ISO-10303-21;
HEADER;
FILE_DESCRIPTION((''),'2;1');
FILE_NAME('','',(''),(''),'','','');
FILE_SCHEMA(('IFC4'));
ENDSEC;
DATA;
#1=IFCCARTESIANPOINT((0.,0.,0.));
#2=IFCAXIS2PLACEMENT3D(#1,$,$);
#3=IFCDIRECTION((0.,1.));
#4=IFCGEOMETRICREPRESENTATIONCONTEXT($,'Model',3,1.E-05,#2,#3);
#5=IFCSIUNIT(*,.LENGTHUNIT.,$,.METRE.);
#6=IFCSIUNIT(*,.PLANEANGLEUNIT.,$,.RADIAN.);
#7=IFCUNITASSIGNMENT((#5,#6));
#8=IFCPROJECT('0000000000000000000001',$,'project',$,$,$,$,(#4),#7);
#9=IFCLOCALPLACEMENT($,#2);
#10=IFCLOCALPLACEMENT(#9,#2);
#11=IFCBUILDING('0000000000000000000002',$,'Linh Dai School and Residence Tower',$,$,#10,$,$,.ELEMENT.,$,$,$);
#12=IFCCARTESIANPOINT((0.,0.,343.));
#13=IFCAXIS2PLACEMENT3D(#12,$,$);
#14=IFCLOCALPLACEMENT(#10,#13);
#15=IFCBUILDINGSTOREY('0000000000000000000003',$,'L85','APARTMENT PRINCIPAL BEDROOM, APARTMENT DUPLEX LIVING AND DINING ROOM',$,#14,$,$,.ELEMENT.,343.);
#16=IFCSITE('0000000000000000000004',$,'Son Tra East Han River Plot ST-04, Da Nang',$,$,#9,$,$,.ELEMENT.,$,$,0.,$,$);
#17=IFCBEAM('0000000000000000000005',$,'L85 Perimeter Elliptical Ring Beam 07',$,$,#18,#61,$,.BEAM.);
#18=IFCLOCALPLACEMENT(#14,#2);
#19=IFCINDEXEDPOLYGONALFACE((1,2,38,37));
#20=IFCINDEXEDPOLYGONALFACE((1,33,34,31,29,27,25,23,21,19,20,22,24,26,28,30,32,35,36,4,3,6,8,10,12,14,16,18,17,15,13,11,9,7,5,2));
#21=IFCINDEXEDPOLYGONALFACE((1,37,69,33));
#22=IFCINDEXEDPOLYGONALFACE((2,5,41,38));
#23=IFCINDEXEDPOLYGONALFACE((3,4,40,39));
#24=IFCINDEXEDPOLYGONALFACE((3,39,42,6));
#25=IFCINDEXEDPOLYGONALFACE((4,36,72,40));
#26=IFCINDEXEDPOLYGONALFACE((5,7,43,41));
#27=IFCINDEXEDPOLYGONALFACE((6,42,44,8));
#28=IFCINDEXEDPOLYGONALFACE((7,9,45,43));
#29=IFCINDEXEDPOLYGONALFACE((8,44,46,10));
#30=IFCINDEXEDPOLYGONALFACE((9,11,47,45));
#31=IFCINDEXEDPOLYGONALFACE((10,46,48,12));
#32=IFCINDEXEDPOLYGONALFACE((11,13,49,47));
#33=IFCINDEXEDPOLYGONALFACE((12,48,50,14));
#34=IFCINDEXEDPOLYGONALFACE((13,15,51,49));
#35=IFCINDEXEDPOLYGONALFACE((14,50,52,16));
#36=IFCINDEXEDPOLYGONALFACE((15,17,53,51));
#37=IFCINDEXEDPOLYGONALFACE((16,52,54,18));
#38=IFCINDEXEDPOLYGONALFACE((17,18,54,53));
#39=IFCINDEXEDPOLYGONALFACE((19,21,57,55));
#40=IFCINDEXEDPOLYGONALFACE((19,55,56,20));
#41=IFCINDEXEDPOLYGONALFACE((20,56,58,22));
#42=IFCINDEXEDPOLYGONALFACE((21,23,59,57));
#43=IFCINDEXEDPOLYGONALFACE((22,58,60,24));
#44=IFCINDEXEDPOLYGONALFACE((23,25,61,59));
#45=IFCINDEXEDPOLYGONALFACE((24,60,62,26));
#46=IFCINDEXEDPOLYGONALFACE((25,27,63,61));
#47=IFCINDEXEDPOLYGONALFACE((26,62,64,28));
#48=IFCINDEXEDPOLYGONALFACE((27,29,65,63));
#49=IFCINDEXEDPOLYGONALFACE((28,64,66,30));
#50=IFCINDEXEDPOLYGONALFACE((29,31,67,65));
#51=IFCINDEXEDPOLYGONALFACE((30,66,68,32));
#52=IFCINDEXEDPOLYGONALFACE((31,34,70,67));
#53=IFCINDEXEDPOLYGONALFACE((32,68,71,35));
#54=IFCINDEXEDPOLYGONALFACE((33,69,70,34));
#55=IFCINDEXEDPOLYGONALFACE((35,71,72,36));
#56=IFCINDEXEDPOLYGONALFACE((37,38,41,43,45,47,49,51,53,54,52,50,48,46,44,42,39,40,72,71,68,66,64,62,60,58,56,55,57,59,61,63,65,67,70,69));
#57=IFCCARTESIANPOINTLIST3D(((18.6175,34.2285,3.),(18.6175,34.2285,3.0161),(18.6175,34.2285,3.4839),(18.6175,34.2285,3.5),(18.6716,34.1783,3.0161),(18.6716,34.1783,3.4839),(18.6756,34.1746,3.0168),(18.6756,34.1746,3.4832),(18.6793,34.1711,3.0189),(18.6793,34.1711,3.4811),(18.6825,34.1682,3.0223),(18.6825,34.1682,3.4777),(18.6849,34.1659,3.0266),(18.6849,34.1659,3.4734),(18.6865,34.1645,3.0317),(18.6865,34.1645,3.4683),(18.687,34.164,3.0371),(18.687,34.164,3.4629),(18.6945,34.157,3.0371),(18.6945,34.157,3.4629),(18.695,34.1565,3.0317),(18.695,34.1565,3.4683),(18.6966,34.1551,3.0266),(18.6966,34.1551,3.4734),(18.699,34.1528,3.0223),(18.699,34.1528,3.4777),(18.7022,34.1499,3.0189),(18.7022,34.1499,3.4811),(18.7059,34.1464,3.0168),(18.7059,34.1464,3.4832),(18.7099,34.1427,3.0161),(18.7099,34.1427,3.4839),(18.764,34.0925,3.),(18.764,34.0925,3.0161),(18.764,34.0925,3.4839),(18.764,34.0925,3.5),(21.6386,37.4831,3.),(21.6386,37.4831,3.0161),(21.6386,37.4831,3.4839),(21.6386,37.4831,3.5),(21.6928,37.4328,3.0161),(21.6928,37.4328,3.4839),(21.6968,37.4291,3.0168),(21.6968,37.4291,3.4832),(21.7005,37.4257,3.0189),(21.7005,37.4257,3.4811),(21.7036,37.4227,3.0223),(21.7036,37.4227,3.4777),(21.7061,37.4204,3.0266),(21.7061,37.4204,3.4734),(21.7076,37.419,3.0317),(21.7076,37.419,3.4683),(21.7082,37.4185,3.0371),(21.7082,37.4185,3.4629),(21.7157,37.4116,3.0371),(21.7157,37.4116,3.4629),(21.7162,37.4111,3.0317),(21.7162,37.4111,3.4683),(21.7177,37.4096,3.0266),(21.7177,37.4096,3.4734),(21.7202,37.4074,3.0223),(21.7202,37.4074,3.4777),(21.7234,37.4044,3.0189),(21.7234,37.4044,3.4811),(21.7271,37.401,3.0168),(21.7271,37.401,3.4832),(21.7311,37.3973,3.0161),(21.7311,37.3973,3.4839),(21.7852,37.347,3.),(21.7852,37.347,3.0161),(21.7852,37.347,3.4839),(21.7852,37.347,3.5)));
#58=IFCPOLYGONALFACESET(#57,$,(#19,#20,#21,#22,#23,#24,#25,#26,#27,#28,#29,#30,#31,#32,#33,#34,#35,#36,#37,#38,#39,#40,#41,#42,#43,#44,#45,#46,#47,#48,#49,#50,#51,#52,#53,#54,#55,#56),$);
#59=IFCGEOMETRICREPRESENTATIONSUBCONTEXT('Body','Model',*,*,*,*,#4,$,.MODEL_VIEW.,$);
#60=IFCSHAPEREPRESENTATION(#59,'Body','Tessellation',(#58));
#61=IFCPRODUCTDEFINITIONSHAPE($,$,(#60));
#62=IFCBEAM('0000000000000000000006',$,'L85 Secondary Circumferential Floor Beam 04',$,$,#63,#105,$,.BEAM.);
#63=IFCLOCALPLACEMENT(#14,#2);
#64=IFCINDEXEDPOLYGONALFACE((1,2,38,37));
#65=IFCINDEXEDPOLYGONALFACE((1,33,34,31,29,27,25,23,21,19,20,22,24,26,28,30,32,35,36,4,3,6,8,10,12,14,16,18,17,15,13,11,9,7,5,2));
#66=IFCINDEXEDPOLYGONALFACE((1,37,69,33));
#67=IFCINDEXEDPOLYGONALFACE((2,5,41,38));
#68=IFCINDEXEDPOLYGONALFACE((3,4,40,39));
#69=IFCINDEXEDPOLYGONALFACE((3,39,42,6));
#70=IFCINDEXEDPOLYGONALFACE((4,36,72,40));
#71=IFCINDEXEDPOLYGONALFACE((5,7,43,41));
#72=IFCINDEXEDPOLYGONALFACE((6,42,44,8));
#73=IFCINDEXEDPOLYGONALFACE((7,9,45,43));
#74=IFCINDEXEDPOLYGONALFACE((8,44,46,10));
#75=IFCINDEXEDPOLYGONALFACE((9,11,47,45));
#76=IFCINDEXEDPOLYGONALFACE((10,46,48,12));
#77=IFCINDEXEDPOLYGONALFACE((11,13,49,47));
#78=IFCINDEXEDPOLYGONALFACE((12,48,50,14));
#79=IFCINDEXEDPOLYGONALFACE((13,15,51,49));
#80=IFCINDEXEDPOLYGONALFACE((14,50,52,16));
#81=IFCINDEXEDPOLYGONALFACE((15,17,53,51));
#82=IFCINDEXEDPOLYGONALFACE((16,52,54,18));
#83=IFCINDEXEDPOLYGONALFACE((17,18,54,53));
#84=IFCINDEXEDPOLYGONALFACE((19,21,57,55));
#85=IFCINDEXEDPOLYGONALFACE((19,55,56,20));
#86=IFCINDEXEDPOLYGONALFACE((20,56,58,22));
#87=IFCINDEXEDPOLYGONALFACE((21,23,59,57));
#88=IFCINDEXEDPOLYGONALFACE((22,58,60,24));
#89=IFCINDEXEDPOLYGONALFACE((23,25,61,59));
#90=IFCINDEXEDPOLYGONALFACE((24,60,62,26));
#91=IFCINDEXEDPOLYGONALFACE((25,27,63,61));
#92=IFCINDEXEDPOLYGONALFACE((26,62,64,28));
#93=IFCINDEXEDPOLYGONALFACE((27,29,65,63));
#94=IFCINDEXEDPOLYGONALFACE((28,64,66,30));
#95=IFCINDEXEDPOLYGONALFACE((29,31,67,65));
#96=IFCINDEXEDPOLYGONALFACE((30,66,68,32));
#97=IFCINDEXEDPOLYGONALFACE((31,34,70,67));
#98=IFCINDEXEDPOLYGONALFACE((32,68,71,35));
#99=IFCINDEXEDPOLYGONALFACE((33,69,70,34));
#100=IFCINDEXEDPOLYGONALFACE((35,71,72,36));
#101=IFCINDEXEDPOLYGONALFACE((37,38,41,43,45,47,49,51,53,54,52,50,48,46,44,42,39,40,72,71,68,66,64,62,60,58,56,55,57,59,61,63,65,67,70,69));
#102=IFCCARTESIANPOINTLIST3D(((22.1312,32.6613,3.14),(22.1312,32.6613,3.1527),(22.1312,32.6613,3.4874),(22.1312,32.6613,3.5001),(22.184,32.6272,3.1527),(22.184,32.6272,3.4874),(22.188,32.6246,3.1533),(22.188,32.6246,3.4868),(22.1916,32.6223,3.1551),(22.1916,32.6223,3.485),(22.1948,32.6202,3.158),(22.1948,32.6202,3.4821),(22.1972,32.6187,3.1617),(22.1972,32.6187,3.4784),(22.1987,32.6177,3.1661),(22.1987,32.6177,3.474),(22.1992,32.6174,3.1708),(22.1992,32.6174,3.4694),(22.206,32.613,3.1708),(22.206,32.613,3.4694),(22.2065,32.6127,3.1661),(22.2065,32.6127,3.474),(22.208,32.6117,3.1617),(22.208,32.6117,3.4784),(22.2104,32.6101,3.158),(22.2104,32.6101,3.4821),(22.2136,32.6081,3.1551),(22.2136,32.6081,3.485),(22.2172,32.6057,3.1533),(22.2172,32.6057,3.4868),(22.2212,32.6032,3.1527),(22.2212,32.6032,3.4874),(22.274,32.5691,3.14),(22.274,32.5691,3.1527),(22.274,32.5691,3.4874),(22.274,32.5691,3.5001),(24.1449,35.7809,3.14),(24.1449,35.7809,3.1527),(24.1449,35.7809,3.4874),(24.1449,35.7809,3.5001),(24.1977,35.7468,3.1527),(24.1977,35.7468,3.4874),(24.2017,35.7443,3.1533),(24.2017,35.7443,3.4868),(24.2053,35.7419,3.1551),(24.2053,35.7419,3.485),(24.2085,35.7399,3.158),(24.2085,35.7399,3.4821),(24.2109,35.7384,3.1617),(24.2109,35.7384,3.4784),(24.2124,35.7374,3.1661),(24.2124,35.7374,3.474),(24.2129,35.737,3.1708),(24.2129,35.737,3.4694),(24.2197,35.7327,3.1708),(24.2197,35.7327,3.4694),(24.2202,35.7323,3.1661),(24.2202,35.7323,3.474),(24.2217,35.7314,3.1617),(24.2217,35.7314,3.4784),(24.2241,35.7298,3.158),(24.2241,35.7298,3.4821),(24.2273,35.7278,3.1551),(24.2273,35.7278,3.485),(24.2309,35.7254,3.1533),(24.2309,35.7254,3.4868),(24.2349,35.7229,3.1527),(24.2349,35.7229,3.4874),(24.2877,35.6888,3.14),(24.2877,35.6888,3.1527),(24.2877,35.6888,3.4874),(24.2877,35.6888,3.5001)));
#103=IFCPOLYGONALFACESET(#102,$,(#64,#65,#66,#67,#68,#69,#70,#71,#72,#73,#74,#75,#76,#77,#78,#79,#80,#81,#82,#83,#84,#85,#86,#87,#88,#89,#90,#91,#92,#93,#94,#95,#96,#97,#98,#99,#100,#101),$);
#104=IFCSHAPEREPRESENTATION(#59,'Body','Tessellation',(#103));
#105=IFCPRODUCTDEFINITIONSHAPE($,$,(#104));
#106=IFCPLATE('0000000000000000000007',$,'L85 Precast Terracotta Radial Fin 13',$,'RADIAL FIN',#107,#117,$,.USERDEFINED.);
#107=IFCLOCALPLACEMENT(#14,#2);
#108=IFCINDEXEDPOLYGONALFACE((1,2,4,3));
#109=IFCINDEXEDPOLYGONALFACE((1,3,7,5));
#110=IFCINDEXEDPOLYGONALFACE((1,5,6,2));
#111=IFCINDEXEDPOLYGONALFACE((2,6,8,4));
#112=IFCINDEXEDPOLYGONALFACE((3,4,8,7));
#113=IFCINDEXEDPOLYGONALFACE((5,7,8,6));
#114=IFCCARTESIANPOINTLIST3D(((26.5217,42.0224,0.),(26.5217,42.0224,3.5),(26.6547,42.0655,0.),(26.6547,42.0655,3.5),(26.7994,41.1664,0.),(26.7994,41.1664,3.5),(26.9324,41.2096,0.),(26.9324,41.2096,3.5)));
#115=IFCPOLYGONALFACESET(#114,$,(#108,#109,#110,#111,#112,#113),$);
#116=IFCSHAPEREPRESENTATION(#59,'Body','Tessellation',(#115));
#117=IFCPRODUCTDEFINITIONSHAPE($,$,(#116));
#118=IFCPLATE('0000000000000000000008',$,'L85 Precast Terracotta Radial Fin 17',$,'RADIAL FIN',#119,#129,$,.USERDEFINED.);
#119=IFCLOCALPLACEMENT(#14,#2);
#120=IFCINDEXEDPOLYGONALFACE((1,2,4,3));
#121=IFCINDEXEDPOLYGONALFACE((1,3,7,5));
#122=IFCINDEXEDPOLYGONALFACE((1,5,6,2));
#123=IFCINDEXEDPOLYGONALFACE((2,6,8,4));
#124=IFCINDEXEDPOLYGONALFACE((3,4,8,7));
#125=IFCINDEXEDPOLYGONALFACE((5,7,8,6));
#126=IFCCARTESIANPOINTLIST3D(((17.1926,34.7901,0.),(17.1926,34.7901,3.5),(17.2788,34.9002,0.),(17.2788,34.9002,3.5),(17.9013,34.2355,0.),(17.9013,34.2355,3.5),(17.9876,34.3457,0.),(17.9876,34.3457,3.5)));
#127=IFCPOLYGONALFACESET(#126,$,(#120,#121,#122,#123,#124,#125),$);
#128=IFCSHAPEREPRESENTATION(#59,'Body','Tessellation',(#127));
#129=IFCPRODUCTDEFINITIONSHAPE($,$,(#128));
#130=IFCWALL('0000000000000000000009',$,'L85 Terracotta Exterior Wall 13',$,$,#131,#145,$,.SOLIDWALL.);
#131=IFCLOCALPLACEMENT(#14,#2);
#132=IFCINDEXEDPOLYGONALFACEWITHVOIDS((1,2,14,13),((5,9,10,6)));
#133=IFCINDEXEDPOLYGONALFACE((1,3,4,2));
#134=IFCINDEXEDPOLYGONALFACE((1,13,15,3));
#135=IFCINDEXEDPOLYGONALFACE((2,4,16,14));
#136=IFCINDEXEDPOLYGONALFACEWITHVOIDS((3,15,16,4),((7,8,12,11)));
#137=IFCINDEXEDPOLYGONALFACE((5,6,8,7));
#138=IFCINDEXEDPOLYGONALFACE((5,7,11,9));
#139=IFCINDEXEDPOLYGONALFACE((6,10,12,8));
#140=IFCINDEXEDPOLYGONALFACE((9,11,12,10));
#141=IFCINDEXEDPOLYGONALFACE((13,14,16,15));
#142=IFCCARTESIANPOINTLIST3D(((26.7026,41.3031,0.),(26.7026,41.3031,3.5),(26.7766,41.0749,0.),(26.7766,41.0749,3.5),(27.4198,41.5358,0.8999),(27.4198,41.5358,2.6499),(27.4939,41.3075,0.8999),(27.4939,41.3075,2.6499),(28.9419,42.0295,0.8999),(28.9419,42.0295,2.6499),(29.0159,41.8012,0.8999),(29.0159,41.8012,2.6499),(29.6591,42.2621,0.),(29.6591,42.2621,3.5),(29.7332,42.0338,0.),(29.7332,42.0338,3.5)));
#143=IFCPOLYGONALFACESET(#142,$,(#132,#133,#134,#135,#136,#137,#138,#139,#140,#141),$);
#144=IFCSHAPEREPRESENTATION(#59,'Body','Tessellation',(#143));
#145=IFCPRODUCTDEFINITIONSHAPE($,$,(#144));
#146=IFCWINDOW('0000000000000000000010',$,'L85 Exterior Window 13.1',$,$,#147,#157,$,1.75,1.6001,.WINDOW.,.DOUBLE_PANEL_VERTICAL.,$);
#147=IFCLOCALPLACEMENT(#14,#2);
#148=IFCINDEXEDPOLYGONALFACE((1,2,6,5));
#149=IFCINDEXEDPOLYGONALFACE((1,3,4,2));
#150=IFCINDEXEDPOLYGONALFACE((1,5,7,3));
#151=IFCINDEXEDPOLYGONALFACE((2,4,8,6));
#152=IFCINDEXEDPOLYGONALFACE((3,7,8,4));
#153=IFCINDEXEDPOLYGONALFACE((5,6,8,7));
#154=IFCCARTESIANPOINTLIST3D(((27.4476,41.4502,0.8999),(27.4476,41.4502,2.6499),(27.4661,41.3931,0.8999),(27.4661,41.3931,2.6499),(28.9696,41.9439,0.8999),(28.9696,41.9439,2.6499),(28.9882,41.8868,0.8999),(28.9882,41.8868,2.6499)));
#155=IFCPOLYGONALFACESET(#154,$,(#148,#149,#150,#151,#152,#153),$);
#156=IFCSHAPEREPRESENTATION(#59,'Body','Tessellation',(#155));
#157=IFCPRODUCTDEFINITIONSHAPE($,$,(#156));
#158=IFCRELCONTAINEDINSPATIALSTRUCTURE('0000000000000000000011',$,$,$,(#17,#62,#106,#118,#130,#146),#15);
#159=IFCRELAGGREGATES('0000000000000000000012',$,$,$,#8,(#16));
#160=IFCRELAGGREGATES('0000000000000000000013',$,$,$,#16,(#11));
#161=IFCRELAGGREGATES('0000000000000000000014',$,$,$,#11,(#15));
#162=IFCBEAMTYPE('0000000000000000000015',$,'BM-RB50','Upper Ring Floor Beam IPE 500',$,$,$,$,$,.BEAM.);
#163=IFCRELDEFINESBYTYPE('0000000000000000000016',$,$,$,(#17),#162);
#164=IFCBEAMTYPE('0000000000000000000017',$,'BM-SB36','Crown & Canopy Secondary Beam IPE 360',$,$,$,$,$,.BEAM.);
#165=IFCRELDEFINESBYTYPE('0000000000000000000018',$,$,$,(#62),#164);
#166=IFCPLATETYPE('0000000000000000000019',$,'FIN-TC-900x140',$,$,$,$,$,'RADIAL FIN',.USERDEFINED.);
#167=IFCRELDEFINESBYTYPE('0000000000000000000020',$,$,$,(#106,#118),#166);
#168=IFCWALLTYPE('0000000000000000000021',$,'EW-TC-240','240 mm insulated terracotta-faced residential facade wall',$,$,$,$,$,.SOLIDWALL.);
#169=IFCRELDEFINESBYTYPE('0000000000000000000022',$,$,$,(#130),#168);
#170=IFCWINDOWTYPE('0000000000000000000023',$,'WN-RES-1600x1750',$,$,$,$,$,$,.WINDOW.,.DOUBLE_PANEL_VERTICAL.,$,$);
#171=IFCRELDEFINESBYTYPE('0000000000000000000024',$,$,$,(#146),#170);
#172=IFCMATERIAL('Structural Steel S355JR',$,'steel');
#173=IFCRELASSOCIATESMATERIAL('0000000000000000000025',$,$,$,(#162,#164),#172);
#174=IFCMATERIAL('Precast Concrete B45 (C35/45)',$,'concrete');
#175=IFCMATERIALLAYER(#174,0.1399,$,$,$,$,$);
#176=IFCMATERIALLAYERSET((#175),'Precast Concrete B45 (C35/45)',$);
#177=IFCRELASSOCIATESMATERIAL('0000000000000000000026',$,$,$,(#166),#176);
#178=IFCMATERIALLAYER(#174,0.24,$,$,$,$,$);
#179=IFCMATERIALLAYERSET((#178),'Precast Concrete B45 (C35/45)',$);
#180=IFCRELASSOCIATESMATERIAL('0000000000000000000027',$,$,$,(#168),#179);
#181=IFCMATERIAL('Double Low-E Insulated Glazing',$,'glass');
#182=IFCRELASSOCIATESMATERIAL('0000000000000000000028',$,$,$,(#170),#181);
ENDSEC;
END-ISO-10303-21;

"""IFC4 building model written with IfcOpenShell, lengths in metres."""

from ifc_helpers import new_model, si_unit, direction, frame, frame_2d, origin, origin_2d, place, context, subcontext, project, spatial, rectangle, i_section, extrude, source, transform, mapped, material, layer, layer_set, material_profile, profile_set, type_object, element, fill, save


model = new_model("IFC4")

# Units and contexts
model_context = context("Model", 3, precision=1e-05, world=origin(), true_north=direction((0.0, 1.0)))
body_context = subcontext(model_context, "Body", "Model", "MODEL_VIEW")
ifc_project = project(units=[si_unit("LENGTHUNIT", "METRE"), si_unit("PLANEANGLEUNIT", "RADIAN")], contexts=[model_context])

# Site, building, storey
site_placement = place(None, origin())
site = spatial("IfcSite", under=ifc_project, at=site_placement, Name="Son Tra East Han River Plot ST-04, Da Nang", CompositionType="ELEMENT", RefElevation=0.0)
building_placement = place(site_placement, origin())
building = spatial("IfcBuilding", under=site, at=building_placement, Name="Linh Dai School and Residence Tower", CompositionType="ELEMENT")
storey_placement = place(building_placement, frame((0.0, 0.0, 343.0)))
storey = spatial("IfcBuildingStorey", under=building, at=storey_placement, Name="L85", Description="APARTMENT PRINCIPAL BEDROOM, APARTMENT DUPLEX LIVING AND DINING ROOM", CompositionType="ELEMENT", Elevation=343.0)

# Shared definitions
ifc_material_1 = material(Name="Structural Steel S355JR", Category="steel")

# Beams
ifc_material_profile_1 = material_profile(ifc_material_1, i_section(OverallWidth=0.2, OverallDepth=0.5, WebThickness=0.0103, FlangeThickness=0.0161, FilletRadius=0.021, at=origin_2d()), Name="IPE 500")
ifc_profile_set_1 = profile_set([ifc_material_profile_1], Name="Structural Steel S355JR")
beam_type_1 = type_object("IfcBeamType", Name="BM-RB50", Description="Upper Ring Floor Beam IPE 500", PredefinedType="BEAM", material=ifc_profile_set_1)
beam_1_placement = place(storey_placement, frame((21.7119, 37.415, 3.25), z_axis=(-0.680339, -0.732897, 0.0), x_axis=(0.732897, -0.680339, 0.0)))
element("IfcBeam", 1, at=beam_1_placement, inside=storey, type_object=beam_type_1, Name="L85 Perimeter Elliptical Ring Beam 07", PredefinedType="BEAM", context=body_context, shape_type="SweptSolid", body=[
    extrude(i_section(OverallWidth=0.2, OverallDepth=0.5, WebThickness=0.0103, FlangeThickness=0.0161, FilletRadius=0.021, at=origin_2d()), origin(), (0.0, 0.0, 1.0), 4.4407),
])
ifc_material_profile_2 = material_profile(ifc_material_1, i_section(OverallWidth=0.1699, OverallDepth=0.3601, WebThickness=0.0081, FlangeThickness=0.0127, FilletRadius=0.0181, at=origin_2d()), Name="IPE 360")
ifc_profile_set_2 = profile_set([ifc_material_profile_2], Name="Structural Steel S355JR")
beam_type_2 = type_object("IfcBeamType", Name="BM-SB36", Description="Crown & Canopy Secondary Beam IPE 360", PredefinedType="BEAM", material=ifc_profile_set_2)
beam_2_placement = place(storey_placement, frame((24.2163, 35.7349, 3.3201), z_axis=(-0.542319, -0.840173, 0.0), x_axis=(0.840173, -0.542319, 0.0)))
element("IfcBeam", 2, at=beam_2_placement, inside=storey, type_object=beam_type_2, Name="L85 Secondary Circumferential Floor Beam 04", PredefinedType="BEAM", context=body_context, shape_type="SweptSolid", body=[
    extrude(i_section(OverallWidth=0.1699, OverallDepth=0.3601, WebThickness=0.0081, FlangeThickness=0.0127, FilletRadius=0.0181, at=origin_2d()), origin(), (0.0, 0.0, 1.0), 3.7131),
])

# Plates
ifc_material_2 = material(Name="Precast Concrete B45 (C35/45)", Category="concrete")
ifc_layer_1 = layer(ifc_material_2, 0.1399)
ifc_layer_set_1 = layer_set([ifc_layer_1], Name="Precast Concrete B45 (C35/45)")
plate_type = type_object("IfcPlateType", Name="FIN-TC-900x140", ElementType="RADIAL FIN", PredefinedType="USERDEFINED", material=ifc_layer_set_1)
shared_shape_1 = source(origin(), body_context, "Body", "SweptSolid", [
    extrude(rectangle(XDim=0.8999, YDim=0.1399, at=origin_2d()), origin(), (0.0, 0.0, 1.0), 3.5),
])
for number, where, z_axis, x_axis, name in (
    (3, (26.7271, 41.616, 0.0), (0.0, 0.0, 1.0), (-0.308565, 0.951203, 0.0), "L85 Precast Terracotta Radial Fin 13"),
    (4, (17.5901, 34.5679, 0.0), (0.0, 0.0, 1.0), (-0.787553, 0.616247, 0.0), "L85 Precast Terracotta Radial Fin 17"),
):
    element("IfcPlate", number, at=place(storey_placement, frame(where, z_axis=z_axis, x_axis=x_axis)), inside=storey, type_object=plate_type, Name=name, ObjectType="RADIAL FIN", PredefinedType="USERDEFINED", context=body_context, shape_type="MappedRepresentation", body=[
        mapped(shared_shape_1, transform((0.0, 0.0, 0.0), x_axis=(1.0, 0.0, 0.0), y_axis=(0.0, 1.0, 0.0), z_axis=(0.0, 0.0, 1.0), scale=1.0)),
    ])

# Wall, opening, window
ifc_layer_2 = layer(ifc_material_2, 0.24)
ifc_layer_set_2 = layer_set([ifc_layer_2], Name="Precast Concrete B45 (C35/45)")
wall_type_1 = type_object("IfcWallType", Name="EW-TC-240", Description="240 mm insulated terracotta-faced residential facade wall", PredefinedType="SOLIDWALL", material=ifc_layer_set_2)
wall_1_placement = place(storey_placement, frame((26.7395, 41.189, 0.0), z_axis=(0.0, 0.0, 1.0), x_axis=(0.951213, 0.308535, 0.0)))
wall_1 = element("IfcWall", 5, at=wall_1_placement, inside=storey, type_object=wall_type_1, Name="L85 Terracotta Exterior Wall 13", PredefinedType="SOLIDWALL", context=body_context, shape_type="SweptSolid", body=[
    extrude(rectangle(XDim=3.1082, YDim=0.24, at=frame_2d((1.5542, 0.0))), origin(), (0.0, 0.0, 1.0), 3.5),
])
opening_1_placement = place(wall_1_placement, frame((0.7542, 0.0, 0.8999)))
opening_1 = element("IfcOpeningElement", 6, at=opening_1_placement, cuts=wall_1, PredefinedType="OPENING", context=body_context, shape_type="SweptSolid", body=[
    extrude(rectangle(XDim=1.6001, YDim=1.75, at=origin_2d()), frame((0.8, 0.1299, 0.875), z_axis=(0.0, -1.0, 0.0), x_axis=(1.0, 0.0, 0.0)), (0.0, 0.0, 1.0), 0.26),
])
ifc_material_3 = material(Name="Double Low-E Insulated Glazing", Category="glass")
window_type_1 = type_object("IfcWindowType", Name="WN-RES-1600x1750", PartitioningType="DOUBLE_PANEL_VERTICAL", PredefinedType="WINDOW", material=ifc_material_3)
shared_shape_2 = source(origin(), body_context, "Body", "SweptSolid", [
    extrude(rectangle(XDim=1.6001, YDim=1.75, at=origin_2d()), frame((0.8, 0.03, 0.875), z_axis=(0.0, -1.0, 0.0), x_axis=(1.0, 0.0, 0.0)), (0.0, 0.0, 1.0), 0.0601),
])
window_1_placement = place(opening_1_placement, origin())
window_1 = element("IfcWindow", 7, at=window_1_placement, inside=storey, type_object=window_type_1, Name="L85 Exterior Window 13.1", OverallHeight=1.75, OverallWidth=1.6001, PartitioningType="DOUBLE_PANEL_VERTICAL", PredefinedType="WINDOW", context=body_context, shape_type="MappedRepresentation", body=[
    mapped(shared_shape_2, transform((0.0, 0.0, 0.0), x_axis=(1.0, 0.0, 0.0), y_axis=(0.0, 1.0, 0.0), z_axis=(0.0, 0.0, 1.0), scale=1.0)),
])
fill(opening_1, window_1)

save(model, "model.ifc")
